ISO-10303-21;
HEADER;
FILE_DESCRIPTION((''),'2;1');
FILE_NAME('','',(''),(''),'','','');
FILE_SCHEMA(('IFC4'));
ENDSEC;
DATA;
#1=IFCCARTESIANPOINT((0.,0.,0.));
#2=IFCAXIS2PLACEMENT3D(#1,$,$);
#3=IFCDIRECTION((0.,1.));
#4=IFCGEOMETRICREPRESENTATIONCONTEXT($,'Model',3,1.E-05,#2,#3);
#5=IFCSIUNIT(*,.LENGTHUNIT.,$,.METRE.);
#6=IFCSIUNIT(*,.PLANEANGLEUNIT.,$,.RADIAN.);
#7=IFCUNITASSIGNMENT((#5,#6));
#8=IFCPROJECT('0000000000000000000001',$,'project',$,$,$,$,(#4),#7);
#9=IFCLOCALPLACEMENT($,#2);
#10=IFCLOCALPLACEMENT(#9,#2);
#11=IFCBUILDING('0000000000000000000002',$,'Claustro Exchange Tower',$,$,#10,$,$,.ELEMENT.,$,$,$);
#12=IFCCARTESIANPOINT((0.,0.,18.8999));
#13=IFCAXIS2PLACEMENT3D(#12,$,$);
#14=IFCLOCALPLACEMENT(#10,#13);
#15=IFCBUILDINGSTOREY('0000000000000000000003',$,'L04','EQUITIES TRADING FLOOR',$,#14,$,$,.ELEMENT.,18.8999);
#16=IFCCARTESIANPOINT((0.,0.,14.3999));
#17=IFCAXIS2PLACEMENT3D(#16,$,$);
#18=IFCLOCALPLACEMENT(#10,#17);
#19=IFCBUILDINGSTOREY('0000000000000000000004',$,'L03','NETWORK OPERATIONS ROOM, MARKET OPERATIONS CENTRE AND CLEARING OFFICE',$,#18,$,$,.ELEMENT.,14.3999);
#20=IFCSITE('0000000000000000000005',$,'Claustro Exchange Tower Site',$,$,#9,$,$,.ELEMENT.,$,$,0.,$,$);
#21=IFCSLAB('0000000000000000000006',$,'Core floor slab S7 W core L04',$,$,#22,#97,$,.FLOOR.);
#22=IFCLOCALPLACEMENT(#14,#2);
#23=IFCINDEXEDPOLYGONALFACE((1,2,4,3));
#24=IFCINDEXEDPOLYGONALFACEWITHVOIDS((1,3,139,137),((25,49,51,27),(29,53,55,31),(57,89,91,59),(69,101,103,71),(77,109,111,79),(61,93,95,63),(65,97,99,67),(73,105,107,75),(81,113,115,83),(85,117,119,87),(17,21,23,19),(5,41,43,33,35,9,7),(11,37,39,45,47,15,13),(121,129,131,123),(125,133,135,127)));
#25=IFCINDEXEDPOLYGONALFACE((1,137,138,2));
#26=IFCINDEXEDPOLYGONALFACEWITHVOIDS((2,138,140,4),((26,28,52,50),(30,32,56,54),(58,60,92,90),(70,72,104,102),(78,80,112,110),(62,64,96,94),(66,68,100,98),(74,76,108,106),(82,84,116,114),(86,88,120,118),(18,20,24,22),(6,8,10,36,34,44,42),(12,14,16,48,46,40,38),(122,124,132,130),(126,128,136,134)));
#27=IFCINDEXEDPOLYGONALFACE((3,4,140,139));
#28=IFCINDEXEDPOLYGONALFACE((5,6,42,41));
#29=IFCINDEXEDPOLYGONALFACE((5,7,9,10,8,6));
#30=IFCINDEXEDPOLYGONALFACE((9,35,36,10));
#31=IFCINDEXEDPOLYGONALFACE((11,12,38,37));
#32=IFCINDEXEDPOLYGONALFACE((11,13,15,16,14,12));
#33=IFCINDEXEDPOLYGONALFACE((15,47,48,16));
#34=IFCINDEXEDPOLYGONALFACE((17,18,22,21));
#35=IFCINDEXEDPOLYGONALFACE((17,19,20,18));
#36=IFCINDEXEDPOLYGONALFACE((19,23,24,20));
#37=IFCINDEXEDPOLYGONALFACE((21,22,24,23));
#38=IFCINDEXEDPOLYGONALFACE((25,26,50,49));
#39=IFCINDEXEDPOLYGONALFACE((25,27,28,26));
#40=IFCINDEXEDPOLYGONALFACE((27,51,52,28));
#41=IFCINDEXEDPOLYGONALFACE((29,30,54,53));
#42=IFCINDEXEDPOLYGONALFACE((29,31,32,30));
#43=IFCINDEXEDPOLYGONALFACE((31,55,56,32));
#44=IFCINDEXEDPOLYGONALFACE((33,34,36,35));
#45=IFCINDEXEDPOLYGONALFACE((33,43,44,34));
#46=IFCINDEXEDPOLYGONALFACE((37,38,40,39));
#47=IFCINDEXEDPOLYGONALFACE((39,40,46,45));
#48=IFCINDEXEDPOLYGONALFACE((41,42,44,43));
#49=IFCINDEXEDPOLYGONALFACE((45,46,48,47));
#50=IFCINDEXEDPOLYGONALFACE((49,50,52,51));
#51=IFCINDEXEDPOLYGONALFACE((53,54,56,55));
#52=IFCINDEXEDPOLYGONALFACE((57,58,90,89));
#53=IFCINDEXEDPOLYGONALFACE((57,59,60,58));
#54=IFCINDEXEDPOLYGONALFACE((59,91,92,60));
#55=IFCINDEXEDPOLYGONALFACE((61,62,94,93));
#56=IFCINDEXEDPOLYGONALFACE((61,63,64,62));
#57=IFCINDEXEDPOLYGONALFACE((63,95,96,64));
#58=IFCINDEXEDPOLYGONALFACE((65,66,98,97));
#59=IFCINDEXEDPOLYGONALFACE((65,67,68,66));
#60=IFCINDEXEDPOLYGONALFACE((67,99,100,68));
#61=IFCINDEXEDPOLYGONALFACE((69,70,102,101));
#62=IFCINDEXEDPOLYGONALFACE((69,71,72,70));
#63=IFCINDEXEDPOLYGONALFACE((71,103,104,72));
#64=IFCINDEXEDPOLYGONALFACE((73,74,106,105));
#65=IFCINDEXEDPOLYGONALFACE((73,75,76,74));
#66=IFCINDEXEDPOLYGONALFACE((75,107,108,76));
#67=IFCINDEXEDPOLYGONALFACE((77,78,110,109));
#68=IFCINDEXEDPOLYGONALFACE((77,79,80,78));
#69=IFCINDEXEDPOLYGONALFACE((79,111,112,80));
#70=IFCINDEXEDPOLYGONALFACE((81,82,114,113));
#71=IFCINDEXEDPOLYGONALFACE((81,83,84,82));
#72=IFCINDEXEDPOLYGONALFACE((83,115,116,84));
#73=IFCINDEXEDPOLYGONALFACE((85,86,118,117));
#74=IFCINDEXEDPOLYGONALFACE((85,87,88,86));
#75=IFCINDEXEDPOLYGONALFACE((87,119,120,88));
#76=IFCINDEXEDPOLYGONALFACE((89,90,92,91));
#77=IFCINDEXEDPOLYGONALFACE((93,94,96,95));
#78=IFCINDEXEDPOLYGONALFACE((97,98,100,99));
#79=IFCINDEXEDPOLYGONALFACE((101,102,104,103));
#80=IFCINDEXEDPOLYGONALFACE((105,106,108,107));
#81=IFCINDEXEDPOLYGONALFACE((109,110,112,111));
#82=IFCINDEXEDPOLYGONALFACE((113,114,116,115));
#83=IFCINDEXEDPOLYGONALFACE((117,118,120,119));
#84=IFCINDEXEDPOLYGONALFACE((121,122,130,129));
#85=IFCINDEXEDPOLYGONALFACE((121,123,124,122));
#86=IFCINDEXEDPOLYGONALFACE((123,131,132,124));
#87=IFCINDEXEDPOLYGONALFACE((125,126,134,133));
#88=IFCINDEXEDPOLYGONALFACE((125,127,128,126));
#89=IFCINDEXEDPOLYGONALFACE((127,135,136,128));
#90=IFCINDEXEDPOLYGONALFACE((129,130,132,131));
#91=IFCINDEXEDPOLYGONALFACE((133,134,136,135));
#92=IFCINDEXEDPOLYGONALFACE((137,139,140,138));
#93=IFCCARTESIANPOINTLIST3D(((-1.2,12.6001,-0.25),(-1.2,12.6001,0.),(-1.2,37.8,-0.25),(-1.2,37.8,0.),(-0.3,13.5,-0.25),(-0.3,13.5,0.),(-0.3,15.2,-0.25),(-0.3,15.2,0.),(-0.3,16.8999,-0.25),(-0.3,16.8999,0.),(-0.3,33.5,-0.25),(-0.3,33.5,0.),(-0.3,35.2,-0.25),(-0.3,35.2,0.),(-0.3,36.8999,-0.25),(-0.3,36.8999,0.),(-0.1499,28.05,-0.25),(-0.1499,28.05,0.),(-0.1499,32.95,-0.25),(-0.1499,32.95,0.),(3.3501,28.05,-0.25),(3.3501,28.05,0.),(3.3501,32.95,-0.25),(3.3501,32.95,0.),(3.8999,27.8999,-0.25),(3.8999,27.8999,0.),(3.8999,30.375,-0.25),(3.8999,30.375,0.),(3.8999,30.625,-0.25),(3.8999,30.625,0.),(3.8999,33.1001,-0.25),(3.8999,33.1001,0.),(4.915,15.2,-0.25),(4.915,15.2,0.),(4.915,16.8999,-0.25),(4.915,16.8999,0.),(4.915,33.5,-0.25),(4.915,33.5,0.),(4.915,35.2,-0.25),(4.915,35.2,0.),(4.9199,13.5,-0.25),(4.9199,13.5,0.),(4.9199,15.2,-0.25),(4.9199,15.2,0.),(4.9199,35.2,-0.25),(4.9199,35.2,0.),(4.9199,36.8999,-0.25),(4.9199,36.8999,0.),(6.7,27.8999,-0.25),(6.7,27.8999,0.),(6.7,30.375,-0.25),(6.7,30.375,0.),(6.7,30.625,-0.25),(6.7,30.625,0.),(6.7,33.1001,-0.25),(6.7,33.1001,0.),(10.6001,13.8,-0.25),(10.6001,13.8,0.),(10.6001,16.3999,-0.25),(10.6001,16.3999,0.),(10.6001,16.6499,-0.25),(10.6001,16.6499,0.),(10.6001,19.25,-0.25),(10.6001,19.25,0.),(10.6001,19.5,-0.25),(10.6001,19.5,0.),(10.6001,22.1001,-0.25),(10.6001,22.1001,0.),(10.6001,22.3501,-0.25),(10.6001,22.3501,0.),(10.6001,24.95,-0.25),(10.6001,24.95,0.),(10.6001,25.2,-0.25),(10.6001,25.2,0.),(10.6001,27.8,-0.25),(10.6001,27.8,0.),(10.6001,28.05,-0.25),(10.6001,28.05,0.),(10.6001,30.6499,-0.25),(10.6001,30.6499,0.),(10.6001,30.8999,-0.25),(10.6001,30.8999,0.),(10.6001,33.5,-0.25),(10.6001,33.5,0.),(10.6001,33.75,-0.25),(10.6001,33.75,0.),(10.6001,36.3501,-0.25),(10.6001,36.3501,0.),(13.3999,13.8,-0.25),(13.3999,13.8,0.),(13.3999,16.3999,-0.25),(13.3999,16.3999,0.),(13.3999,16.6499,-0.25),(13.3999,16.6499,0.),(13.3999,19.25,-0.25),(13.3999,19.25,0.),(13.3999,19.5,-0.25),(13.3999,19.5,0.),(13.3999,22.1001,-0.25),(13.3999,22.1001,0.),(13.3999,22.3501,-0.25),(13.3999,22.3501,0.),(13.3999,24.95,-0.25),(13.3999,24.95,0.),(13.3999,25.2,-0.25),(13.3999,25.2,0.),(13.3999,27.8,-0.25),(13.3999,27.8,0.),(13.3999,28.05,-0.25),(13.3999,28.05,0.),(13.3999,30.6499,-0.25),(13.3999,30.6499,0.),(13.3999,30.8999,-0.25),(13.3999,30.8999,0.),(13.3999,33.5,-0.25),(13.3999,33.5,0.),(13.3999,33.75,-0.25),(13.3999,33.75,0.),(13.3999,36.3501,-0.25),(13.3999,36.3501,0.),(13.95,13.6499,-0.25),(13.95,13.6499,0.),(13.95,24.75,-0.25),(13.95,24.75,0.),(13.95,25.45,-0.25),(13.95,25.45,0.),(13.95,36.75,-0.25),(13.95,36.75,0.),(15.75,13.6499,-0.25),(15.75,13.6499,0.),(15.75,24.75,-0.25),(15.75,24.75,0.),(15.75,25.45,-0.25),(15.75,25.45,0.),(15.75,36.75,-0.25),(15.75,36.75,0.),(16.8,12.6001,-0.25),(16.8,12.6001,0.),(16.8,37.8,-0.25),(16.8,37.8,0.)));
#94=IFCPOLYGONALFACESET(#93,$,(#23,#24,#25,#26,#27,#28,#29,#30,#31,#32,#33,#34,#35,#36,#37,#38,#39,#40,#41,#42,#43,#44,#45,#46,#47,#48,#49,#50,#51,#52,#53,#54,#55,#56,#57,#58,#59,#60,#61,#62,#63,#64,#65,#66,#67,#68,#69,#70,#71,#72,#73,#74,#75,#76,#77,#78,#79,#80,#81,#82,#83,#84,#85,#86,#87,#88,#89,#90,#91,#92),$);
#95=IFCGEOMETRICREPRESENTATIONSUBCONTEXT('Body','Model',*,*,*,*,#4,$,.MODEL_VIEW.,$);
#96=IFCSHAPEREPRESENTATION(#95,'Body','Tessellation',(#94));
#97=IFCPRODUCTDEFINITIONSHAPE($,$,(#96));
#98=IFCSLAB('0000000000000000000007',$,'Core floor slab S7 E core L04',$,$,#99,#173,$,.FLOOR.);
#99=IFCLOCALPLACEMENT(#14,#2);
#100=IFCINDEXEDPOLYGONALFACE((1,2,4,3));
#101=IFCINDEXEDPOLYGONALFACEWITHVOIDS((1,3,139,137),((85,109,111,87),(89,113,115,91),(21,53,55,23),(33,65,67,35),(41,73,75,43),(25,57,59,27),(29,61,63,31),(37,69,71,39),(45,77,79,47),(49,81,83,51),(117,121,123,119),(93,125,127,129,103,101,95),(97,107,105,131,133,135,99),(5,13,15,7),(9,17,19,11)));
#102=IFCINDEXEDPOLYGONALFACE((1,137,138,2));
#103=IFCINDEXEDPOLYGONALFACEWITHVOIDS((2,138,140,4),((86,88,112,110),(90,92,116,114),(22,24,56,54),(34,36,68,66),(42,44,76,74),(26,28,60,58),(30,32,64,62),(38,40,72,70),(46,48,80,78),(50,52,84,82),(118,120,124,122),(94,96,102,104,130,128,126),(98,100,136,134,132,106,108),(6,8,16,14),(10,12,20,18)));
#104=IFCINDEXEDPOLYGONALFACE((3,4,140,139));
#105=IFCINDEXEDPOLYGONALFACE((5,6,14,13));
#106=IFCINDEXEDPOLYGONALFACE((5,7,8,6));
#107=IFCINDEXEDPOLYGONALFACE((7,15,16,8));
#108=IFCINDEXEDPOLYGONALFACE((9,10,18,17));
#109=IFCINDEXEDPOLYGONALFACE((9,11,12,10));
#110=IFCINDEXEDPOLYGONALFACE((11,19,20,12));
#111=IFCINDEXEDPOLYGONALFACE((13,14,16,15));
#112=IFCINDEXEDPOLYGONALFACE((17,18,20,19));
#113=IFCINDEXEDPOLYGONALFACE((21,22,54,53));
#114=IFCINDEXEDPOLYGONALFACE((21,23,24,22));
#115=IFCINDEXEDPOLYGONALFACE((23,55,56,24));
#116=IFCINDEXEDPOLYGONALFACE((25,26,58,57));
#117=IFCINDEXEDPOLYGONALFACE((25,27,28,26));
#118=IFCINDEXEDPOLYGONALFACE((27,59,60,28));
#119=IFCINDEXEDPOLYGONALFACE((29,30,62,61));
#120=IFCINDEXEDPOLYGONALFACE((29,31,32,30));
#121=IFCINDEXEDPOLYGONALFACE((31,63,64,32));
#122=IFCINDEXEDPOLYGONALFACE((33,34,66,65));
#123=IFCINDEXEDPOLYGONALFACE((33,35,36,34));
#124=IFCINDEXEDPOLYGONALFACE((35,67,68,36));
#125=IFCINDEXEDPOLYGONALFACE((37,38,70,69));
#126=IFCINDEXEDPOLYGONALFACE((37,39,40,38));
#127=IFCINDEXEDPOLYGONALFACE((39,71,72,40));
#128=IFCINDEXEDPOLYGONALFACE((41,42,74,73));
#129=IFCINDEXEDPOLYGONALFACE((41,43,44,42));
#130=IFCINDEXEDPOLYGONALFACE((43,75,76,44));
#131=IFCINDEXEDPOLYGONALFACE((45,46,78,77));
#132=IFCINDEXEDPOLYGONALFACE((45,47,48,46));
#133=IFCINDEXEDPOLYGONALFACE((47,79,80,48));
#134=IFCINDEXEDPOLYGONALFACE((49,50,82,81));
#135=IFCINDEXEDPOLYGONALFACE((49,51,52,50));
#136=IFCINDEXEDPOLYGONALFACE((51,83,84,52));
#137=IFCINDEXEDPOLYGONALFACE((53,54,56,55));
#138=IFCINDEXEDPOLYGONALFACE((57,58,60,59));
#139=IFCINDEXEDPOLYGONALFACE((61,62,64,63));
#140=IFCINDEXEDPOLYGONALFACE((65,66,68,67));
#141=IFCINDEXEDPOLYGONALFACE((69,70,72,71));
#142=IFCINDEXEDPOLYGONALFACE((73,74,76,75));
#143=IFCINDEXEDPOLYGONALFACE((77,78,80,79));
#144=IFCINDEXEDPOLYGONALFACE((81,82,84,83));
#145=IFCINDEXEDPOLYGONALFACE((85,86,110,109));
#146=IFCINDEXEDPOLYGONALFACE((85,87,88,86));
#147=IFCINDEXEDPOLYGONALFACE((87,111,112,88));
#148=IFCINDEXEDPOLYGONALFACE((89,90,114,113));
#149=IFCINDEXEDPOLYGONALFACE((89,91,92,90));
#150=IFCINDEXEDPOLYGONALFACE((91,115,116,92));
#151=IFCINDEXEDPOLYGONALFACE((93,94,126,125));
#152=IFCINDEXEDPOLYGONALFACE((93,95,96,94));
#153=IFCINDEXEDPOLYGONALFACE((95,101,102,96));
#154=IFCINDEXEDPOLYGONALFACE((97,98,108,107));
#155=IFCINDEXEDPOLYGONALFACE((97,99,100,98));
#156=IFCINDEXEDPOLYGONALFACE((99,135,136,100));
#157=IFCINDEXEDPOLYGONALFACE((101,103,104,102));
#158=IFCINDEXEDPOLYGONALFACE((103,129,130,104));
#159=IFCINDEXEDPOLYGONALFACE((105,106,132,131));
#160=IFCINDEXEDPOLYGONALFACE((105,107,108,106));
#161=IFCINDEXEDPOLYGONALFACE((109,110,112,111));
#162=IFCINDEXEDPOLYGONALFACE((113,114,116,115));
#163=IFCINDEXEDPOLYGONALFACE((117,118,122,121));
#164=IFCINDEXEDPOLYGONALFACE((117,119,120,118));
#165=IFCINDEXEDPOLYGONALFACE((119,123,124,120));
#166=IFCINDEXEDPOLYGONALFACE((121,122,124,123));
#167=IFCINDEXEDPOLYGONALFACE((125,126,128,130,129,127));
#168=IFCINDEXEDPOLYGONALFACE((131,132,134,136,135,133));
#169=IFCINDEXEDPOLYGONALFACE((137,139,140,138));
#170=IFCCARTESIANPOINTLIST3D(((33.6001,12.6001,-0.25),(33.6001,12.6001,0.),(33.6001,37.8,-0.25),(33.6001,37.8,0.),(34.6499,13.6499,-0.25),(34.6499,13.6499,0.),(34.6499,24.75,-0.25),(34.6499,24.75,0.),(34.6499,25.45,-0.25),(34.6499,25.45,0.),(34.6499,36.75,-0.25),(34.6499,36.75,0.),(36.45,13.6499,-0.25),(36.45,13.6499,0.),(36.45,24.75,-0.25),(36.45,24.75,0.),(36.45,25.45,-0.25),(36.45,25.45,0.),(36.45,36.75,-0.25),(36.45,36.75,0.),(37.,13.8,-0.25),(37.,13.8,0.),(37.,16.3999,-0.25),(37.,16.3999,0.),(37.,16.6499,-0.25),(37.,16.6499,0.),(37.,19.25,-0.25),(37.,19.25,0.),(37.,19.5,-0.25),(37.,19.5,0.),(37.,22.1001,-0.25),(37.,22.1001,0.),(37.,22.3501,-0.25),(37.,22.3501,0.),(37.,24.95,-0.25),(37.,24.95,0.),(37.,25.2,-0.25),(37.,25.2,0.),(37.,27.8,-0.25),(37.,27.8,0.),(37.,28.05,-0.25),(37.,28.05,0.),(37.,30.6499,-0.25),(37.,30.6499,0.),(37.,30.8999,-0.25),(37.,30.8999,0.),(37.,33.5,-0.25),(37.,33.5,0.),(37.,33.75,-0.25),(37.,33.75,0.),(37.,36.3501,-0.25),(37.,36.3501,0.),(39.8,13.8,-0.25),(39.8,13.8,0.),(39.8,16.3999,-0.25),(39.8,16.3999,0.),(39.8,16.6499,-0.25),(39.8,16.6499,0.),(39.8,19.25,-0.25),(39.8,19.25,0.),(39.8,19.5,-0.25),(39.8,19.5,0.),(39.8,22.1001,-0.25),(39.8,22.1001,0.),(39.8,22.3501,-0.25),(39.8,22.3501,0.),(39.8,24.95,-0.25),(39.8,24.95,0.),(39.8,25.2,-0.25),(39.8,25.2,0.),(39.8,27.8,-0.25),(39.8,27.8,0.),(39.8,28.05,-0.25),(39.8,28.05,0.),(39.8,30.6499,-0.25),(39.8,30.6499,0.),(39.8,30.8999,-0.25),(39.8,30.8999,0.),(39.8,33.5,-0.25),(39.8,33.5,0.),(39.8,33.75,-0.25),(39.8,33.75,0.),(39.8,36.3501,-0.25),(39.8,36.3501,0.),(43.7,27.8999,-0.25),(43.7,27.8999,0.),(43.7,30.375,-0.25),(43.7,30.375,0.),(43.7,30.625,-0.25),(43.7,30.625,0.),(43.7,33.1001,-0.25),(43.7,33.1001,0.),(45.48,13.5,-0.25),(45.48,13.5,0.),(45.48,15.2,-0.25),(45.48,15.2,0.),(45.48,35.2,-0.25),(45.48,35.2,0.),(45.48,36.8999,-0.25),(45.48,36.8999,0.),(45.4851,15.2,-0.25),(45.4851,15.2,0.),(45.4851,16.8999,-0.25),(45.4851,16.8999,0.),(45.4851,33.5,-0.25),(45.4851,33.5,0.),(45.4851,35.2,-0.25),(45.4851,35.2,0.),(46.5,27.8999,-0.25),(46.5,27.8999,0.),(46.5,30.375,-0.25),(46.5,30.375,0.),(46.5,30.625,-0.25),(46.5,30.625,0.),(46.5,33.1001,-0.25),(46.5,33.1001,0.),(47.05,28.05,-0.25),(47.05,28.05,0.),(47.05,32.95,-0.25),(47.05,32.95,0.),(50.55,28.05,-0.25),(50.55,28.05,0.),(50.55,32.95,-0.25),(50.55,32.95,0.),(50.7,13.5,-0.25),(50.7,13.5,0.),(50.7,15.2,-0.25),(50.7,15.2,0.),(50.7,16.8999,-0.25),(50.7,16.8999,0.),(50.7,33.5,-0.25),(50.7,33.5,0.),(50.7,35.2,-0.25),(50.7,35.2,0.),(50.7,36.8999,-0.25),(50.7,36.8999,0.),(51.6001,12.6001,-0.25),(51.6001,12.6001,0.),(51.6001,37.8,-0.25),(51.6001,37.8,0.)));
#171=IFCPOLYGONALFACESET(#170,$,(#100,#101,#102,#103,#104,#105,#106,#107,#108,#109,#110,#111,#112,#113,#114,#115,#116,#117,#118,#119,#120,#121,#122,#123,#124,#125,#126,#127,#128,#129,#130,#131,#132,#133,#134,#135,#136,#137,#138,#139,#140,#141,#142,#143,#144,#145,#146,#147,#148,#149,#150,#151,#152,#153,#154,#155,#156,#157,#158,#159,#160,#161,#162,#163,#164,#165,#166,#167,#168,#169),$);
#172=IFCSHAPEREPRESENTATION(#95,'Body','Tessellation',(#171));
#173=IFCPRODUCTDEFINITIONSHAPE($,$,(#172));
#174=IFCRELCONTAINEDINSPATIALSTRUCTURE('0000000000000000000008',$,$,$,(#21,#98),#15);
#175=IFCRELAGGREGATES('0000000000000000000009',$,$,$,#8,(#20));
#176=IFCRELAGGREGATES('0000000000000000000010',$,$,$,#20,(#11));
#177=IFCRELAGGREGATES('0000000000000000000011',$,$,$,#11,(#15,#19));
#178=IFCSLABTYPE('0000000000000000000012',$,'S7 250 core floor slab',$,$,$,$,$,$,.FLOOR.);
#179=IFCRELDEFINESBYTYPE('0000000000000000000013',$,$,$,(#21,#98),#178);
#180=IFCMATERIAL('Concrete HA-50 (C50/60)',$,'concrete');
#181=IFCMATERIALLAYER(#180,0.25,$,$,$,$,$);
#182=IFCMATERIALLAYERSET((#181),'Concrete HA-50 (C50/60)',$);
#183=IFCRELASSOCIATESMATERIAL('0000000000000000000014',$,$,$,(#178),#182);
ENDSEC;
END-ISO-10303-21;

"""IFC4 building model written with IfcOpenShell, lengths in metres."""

from ifc_helpers import new_model, si_unit, direction, frame, origin, place, context, subcontext, project, spatial, polyline, outline, extrude, material, layer, layer_set, type_object, element, save


model = new_model("IFC4")

# Units and contexts
model_context = context("Model", 3, precision=1e-05, world=origin(), true_north=direction((0.0, 1.0)))
body_context = subcontext(model_context, "Body", "Model", "MODEL_VIEW")
ifc_project = project(units=[si_unit("LENGTHUNIT", "METRE"), si_unit("PLANEANGLEUNIT", "RADIAN")], contexts=[model_context])

# Site, building, storey
site_placement = place(None, origin())
site = spatial("IfcSite", under=ifc_project, at=site_placement, Name="Claustro Exchange Tower Site", CompositionType="ELEMENT", RefElevation=0.0)
building_placement = place(site_placement, origin())
building = spatial("IfcBuilding", under=site, at=building_placement, Name="Claustro Exchange Tower", CompositionType="ELEMENT")
storey_1_placement = place(building_placement, frame((0.0, 0.0, 18.8999)))
storey_1 = spatial("IfcBuildingStorey", under=building, at=storey_1_placement, Name="L04", Description="EQUITIES TRADING FLOOR", CompositionType="ELEMENT", Elevation=18.8999)

# Shared definitions
storey_2_placement = place(building_placement, frame((0.0, 0.0, 14.3999)))
storey_2 = spatial("IfcBuildingStorey", under=building, at=storey_2_placement, Name="L03", Description="NETWORK OPERATIONS ROOM, MARKET OPERATIONS CENTRE AND CLEARING OFFICE", CompositionType="ELEMENT", Elevation=14.3999)

# Slabs
ifc_material_1 = material(Name="Concrete HA-50 (C50/60)", Category="concrete")
ifc_layer_1 = layer(ifc_material_1, 0.25)
ifc_layer_set_1 = layer_set([ifc_layer_1], Name="Concrete HA-50 (C50/60)")
slab_type_1 = type_object("IfcSlabType", Name="S7 250 core floor slab", PredefinedType="FLOOR", material=ifc_layer_set_1)
slab_1_placement = place(storey_1_placement, frame((0.0, 0.0, -0.25)))
element("IfcSlab", 1, at=slab_1_placement, inside=storey_1, type_object=slab_type_1, Name="Core floor slab S7 W core L04", PredefinedType="FLOOR", context=body_context, shape_type="SweptSolid", body=[
    extrude(outline(polyline([(-1.2, 12.6001), (16.8, 12.6001), (16.8, 37.8), (-1.2, 37.8), (-1.2, 12.6001)]), holes=[polyline([(15.75, 24.75), (15.75, 13.6499), (13.95, 13.6499), (13.95, 24.75), (15.75, 24.75)]), polyline([(15.75, 36.75), (15.75, 25.45), (13.95, 25.45), (13.95, 36.75), (15.75, 36.75)]), polyline([(10.6001, 16.3999), (13.3999, 16.3999), (13.3999, 13.8), (10.6001, 13.8), (10.6001, 16.3999)]), polyline([(13.3999, 19.25), (13.3999, 16.6499), (10.6001, 16.6499), (10.6001, 19.25), (13.3999, 19.25)]), polyline([(13.3999, 22.1001), (13.3999, 19.5), (10.6001, 19.5), (10.6001, 22.1001), (13.3999, 22.1001)]), polyline([(13.3999, 24.95), (13.3999, 22.3501), (10.6001, 22.3501), (10.6001, 24.95), (13.3999, 24.95)]), polyline([(13.3999, 27.8), (13.3999, 25.2), (10.6001, 25.2), (10.6001, 27.8), (13.3999, 27.8)]), polyline([(13.3999, 30.6499), (13.3999, 28.05), (10.6001, 28.05), (10.6001, 30.6499), (13.3999, 30.6499)]), polyline([(13.3999, 33.5), (13.3999, 30.8999), (10.6001, 30.8999), (10.6001, 33.5), (13.3999, 33.5)]), polyline([(13.3999, 36.3501), (13.3999, 33.75), (10.6001, 33.75), (10.6001, 36.3501), (13.3999, 36.3501)]), polyline([(6.7, 30.375), (6.7, 27.8999), (3.8999, 27.8999), (3.8999, 30.375), (6.7, 30.375)]), polyline([(6.7, 33.1001), (6.7, 30.625), (3.8999, 30.625), (3.8999, 33.1001), (6.7, 33.1001)]), polyline([(-0.3, 15.2), (-0.3, 16.8999), (4.915, 16.8999), (4.915, 15.2), (4.9199, 15.2), (4.9199, 13.5), (-0.3, 13.5), (-0.3, 15.2)]), polyline([(-0.3, 36.8999), (4.9199, 36.8999), (4.9199, 35.2), (4.915, 35.2), (4.915, 33.5), (-0.3, 33.5), (-0.3, 35.2), (-0.3, 36.8999)]), polyline([(3.3501, 32.95), (3.3501, 28.05), (-0.1499, 28.05), (-0.1499, 32.95), (3.3501, 32.95)])]), origin(), (0.0, 0.0, 1.0), 0.25),
])
slab_2_placement = place(storey_1_placement, frame((0.0, 0.0, -0.25)))
element("IfcSlab", 2, at=slab_2_placement, inside=storey_1, type_object=slab_type_1, Name="Core floor slab S7 E core L04", PredefinedType="FLOOR", context=body_context, shape_type="SweptSolid", body=[
    extrude(outline(polyline([(33.6001, 12.6001), (51.6001, 12.6001), (51.6001, 37.8), (33.6001, 37.8), (33.6001, 12.6001)]), holes=[polyline([(45.48, 35.2), (45.48, 36.8999), (50.7, 36.8999), (50.7, 35.2), (50.7, 33.5), (45.4851, 33.5), (45.4851, 35.2), (45.48, 35.2)]), polyline([(45.4851, 15.2), (45.4851, 16.8999), (50.7, 16.8999), (50.7, 15.2), (50.7, 13.5), (45.48, 13.5), (45.48, 15.2), (45.4851, 15.2)]), polyline([(50.55, 32.95), (50.55, 28.05), (47.05, 28.05), (47.05, 32.95), (50.55, 32.95)]), polyline([(46.5, 30.375), (46.5, 27.8999), (43.7, 27.8999), (43.7, 30.375), (46.5, 30.375)]), polyline([(46.5, 33.1001), (46.5, 30.625), (43.7, 30.625), (43.7, 33.1001), (46.5, 33.1001)]), polyline([(37.0, 16.3999), (39.8, 16.3999), (39.8, 13.8), (37.0, 13.8), (37.0, 16.3999)]), polyline([(39.8, 19.25), (39.8, 16.6499), (37.0, 16.6499), (37.0, 19.25), (39.8, 19.25)]), polyline([(39.8, 22.1001), (39.8, 19.5), (37.0, 19.5), (37.0, 22.1001), (39.8, 22.1001)]), polyline([(39.8, 24.95), (39.8, 22.3501), (37.0, 22.3501), (37.0, 24.95), (39.8, 24.95)]), polyline([(39.8, 27.8), (39.8, 25.2), (37.0, 25.2), (37.0, 27.8), (39.8, 27.8)]), polyline([(39.8, 30.6499), (39.8, 28.05), (37.0, 28.05), (37.0, 30.6499), (39.8, 30.6499)]), polyline([(39.8, 33.5), (39.8, 30.8999), (37.0, 30.8999), (37.0, 33.5), (39.8, 33.5)]), polyline([(39.8, 36.3501), (39.8, 33.75), (37.0, 33.75), (37.0, 36.3501), (39.8, 36.3501)]), polyline([(36.45, 24.75), (36.45, 13.6499), (34.6499, 13.6499), (34.6499, 24.75), (36.45, 24.75)]), polyline([(36.45, 36.75), (36.45, 25.45), (34.6499, 25.45), (34.6499, 36.75), (36.45, 36.75)])]), origin(), (0.0, 0.0, 1.0), 0.25),
])

save(model, "model.ifc")
